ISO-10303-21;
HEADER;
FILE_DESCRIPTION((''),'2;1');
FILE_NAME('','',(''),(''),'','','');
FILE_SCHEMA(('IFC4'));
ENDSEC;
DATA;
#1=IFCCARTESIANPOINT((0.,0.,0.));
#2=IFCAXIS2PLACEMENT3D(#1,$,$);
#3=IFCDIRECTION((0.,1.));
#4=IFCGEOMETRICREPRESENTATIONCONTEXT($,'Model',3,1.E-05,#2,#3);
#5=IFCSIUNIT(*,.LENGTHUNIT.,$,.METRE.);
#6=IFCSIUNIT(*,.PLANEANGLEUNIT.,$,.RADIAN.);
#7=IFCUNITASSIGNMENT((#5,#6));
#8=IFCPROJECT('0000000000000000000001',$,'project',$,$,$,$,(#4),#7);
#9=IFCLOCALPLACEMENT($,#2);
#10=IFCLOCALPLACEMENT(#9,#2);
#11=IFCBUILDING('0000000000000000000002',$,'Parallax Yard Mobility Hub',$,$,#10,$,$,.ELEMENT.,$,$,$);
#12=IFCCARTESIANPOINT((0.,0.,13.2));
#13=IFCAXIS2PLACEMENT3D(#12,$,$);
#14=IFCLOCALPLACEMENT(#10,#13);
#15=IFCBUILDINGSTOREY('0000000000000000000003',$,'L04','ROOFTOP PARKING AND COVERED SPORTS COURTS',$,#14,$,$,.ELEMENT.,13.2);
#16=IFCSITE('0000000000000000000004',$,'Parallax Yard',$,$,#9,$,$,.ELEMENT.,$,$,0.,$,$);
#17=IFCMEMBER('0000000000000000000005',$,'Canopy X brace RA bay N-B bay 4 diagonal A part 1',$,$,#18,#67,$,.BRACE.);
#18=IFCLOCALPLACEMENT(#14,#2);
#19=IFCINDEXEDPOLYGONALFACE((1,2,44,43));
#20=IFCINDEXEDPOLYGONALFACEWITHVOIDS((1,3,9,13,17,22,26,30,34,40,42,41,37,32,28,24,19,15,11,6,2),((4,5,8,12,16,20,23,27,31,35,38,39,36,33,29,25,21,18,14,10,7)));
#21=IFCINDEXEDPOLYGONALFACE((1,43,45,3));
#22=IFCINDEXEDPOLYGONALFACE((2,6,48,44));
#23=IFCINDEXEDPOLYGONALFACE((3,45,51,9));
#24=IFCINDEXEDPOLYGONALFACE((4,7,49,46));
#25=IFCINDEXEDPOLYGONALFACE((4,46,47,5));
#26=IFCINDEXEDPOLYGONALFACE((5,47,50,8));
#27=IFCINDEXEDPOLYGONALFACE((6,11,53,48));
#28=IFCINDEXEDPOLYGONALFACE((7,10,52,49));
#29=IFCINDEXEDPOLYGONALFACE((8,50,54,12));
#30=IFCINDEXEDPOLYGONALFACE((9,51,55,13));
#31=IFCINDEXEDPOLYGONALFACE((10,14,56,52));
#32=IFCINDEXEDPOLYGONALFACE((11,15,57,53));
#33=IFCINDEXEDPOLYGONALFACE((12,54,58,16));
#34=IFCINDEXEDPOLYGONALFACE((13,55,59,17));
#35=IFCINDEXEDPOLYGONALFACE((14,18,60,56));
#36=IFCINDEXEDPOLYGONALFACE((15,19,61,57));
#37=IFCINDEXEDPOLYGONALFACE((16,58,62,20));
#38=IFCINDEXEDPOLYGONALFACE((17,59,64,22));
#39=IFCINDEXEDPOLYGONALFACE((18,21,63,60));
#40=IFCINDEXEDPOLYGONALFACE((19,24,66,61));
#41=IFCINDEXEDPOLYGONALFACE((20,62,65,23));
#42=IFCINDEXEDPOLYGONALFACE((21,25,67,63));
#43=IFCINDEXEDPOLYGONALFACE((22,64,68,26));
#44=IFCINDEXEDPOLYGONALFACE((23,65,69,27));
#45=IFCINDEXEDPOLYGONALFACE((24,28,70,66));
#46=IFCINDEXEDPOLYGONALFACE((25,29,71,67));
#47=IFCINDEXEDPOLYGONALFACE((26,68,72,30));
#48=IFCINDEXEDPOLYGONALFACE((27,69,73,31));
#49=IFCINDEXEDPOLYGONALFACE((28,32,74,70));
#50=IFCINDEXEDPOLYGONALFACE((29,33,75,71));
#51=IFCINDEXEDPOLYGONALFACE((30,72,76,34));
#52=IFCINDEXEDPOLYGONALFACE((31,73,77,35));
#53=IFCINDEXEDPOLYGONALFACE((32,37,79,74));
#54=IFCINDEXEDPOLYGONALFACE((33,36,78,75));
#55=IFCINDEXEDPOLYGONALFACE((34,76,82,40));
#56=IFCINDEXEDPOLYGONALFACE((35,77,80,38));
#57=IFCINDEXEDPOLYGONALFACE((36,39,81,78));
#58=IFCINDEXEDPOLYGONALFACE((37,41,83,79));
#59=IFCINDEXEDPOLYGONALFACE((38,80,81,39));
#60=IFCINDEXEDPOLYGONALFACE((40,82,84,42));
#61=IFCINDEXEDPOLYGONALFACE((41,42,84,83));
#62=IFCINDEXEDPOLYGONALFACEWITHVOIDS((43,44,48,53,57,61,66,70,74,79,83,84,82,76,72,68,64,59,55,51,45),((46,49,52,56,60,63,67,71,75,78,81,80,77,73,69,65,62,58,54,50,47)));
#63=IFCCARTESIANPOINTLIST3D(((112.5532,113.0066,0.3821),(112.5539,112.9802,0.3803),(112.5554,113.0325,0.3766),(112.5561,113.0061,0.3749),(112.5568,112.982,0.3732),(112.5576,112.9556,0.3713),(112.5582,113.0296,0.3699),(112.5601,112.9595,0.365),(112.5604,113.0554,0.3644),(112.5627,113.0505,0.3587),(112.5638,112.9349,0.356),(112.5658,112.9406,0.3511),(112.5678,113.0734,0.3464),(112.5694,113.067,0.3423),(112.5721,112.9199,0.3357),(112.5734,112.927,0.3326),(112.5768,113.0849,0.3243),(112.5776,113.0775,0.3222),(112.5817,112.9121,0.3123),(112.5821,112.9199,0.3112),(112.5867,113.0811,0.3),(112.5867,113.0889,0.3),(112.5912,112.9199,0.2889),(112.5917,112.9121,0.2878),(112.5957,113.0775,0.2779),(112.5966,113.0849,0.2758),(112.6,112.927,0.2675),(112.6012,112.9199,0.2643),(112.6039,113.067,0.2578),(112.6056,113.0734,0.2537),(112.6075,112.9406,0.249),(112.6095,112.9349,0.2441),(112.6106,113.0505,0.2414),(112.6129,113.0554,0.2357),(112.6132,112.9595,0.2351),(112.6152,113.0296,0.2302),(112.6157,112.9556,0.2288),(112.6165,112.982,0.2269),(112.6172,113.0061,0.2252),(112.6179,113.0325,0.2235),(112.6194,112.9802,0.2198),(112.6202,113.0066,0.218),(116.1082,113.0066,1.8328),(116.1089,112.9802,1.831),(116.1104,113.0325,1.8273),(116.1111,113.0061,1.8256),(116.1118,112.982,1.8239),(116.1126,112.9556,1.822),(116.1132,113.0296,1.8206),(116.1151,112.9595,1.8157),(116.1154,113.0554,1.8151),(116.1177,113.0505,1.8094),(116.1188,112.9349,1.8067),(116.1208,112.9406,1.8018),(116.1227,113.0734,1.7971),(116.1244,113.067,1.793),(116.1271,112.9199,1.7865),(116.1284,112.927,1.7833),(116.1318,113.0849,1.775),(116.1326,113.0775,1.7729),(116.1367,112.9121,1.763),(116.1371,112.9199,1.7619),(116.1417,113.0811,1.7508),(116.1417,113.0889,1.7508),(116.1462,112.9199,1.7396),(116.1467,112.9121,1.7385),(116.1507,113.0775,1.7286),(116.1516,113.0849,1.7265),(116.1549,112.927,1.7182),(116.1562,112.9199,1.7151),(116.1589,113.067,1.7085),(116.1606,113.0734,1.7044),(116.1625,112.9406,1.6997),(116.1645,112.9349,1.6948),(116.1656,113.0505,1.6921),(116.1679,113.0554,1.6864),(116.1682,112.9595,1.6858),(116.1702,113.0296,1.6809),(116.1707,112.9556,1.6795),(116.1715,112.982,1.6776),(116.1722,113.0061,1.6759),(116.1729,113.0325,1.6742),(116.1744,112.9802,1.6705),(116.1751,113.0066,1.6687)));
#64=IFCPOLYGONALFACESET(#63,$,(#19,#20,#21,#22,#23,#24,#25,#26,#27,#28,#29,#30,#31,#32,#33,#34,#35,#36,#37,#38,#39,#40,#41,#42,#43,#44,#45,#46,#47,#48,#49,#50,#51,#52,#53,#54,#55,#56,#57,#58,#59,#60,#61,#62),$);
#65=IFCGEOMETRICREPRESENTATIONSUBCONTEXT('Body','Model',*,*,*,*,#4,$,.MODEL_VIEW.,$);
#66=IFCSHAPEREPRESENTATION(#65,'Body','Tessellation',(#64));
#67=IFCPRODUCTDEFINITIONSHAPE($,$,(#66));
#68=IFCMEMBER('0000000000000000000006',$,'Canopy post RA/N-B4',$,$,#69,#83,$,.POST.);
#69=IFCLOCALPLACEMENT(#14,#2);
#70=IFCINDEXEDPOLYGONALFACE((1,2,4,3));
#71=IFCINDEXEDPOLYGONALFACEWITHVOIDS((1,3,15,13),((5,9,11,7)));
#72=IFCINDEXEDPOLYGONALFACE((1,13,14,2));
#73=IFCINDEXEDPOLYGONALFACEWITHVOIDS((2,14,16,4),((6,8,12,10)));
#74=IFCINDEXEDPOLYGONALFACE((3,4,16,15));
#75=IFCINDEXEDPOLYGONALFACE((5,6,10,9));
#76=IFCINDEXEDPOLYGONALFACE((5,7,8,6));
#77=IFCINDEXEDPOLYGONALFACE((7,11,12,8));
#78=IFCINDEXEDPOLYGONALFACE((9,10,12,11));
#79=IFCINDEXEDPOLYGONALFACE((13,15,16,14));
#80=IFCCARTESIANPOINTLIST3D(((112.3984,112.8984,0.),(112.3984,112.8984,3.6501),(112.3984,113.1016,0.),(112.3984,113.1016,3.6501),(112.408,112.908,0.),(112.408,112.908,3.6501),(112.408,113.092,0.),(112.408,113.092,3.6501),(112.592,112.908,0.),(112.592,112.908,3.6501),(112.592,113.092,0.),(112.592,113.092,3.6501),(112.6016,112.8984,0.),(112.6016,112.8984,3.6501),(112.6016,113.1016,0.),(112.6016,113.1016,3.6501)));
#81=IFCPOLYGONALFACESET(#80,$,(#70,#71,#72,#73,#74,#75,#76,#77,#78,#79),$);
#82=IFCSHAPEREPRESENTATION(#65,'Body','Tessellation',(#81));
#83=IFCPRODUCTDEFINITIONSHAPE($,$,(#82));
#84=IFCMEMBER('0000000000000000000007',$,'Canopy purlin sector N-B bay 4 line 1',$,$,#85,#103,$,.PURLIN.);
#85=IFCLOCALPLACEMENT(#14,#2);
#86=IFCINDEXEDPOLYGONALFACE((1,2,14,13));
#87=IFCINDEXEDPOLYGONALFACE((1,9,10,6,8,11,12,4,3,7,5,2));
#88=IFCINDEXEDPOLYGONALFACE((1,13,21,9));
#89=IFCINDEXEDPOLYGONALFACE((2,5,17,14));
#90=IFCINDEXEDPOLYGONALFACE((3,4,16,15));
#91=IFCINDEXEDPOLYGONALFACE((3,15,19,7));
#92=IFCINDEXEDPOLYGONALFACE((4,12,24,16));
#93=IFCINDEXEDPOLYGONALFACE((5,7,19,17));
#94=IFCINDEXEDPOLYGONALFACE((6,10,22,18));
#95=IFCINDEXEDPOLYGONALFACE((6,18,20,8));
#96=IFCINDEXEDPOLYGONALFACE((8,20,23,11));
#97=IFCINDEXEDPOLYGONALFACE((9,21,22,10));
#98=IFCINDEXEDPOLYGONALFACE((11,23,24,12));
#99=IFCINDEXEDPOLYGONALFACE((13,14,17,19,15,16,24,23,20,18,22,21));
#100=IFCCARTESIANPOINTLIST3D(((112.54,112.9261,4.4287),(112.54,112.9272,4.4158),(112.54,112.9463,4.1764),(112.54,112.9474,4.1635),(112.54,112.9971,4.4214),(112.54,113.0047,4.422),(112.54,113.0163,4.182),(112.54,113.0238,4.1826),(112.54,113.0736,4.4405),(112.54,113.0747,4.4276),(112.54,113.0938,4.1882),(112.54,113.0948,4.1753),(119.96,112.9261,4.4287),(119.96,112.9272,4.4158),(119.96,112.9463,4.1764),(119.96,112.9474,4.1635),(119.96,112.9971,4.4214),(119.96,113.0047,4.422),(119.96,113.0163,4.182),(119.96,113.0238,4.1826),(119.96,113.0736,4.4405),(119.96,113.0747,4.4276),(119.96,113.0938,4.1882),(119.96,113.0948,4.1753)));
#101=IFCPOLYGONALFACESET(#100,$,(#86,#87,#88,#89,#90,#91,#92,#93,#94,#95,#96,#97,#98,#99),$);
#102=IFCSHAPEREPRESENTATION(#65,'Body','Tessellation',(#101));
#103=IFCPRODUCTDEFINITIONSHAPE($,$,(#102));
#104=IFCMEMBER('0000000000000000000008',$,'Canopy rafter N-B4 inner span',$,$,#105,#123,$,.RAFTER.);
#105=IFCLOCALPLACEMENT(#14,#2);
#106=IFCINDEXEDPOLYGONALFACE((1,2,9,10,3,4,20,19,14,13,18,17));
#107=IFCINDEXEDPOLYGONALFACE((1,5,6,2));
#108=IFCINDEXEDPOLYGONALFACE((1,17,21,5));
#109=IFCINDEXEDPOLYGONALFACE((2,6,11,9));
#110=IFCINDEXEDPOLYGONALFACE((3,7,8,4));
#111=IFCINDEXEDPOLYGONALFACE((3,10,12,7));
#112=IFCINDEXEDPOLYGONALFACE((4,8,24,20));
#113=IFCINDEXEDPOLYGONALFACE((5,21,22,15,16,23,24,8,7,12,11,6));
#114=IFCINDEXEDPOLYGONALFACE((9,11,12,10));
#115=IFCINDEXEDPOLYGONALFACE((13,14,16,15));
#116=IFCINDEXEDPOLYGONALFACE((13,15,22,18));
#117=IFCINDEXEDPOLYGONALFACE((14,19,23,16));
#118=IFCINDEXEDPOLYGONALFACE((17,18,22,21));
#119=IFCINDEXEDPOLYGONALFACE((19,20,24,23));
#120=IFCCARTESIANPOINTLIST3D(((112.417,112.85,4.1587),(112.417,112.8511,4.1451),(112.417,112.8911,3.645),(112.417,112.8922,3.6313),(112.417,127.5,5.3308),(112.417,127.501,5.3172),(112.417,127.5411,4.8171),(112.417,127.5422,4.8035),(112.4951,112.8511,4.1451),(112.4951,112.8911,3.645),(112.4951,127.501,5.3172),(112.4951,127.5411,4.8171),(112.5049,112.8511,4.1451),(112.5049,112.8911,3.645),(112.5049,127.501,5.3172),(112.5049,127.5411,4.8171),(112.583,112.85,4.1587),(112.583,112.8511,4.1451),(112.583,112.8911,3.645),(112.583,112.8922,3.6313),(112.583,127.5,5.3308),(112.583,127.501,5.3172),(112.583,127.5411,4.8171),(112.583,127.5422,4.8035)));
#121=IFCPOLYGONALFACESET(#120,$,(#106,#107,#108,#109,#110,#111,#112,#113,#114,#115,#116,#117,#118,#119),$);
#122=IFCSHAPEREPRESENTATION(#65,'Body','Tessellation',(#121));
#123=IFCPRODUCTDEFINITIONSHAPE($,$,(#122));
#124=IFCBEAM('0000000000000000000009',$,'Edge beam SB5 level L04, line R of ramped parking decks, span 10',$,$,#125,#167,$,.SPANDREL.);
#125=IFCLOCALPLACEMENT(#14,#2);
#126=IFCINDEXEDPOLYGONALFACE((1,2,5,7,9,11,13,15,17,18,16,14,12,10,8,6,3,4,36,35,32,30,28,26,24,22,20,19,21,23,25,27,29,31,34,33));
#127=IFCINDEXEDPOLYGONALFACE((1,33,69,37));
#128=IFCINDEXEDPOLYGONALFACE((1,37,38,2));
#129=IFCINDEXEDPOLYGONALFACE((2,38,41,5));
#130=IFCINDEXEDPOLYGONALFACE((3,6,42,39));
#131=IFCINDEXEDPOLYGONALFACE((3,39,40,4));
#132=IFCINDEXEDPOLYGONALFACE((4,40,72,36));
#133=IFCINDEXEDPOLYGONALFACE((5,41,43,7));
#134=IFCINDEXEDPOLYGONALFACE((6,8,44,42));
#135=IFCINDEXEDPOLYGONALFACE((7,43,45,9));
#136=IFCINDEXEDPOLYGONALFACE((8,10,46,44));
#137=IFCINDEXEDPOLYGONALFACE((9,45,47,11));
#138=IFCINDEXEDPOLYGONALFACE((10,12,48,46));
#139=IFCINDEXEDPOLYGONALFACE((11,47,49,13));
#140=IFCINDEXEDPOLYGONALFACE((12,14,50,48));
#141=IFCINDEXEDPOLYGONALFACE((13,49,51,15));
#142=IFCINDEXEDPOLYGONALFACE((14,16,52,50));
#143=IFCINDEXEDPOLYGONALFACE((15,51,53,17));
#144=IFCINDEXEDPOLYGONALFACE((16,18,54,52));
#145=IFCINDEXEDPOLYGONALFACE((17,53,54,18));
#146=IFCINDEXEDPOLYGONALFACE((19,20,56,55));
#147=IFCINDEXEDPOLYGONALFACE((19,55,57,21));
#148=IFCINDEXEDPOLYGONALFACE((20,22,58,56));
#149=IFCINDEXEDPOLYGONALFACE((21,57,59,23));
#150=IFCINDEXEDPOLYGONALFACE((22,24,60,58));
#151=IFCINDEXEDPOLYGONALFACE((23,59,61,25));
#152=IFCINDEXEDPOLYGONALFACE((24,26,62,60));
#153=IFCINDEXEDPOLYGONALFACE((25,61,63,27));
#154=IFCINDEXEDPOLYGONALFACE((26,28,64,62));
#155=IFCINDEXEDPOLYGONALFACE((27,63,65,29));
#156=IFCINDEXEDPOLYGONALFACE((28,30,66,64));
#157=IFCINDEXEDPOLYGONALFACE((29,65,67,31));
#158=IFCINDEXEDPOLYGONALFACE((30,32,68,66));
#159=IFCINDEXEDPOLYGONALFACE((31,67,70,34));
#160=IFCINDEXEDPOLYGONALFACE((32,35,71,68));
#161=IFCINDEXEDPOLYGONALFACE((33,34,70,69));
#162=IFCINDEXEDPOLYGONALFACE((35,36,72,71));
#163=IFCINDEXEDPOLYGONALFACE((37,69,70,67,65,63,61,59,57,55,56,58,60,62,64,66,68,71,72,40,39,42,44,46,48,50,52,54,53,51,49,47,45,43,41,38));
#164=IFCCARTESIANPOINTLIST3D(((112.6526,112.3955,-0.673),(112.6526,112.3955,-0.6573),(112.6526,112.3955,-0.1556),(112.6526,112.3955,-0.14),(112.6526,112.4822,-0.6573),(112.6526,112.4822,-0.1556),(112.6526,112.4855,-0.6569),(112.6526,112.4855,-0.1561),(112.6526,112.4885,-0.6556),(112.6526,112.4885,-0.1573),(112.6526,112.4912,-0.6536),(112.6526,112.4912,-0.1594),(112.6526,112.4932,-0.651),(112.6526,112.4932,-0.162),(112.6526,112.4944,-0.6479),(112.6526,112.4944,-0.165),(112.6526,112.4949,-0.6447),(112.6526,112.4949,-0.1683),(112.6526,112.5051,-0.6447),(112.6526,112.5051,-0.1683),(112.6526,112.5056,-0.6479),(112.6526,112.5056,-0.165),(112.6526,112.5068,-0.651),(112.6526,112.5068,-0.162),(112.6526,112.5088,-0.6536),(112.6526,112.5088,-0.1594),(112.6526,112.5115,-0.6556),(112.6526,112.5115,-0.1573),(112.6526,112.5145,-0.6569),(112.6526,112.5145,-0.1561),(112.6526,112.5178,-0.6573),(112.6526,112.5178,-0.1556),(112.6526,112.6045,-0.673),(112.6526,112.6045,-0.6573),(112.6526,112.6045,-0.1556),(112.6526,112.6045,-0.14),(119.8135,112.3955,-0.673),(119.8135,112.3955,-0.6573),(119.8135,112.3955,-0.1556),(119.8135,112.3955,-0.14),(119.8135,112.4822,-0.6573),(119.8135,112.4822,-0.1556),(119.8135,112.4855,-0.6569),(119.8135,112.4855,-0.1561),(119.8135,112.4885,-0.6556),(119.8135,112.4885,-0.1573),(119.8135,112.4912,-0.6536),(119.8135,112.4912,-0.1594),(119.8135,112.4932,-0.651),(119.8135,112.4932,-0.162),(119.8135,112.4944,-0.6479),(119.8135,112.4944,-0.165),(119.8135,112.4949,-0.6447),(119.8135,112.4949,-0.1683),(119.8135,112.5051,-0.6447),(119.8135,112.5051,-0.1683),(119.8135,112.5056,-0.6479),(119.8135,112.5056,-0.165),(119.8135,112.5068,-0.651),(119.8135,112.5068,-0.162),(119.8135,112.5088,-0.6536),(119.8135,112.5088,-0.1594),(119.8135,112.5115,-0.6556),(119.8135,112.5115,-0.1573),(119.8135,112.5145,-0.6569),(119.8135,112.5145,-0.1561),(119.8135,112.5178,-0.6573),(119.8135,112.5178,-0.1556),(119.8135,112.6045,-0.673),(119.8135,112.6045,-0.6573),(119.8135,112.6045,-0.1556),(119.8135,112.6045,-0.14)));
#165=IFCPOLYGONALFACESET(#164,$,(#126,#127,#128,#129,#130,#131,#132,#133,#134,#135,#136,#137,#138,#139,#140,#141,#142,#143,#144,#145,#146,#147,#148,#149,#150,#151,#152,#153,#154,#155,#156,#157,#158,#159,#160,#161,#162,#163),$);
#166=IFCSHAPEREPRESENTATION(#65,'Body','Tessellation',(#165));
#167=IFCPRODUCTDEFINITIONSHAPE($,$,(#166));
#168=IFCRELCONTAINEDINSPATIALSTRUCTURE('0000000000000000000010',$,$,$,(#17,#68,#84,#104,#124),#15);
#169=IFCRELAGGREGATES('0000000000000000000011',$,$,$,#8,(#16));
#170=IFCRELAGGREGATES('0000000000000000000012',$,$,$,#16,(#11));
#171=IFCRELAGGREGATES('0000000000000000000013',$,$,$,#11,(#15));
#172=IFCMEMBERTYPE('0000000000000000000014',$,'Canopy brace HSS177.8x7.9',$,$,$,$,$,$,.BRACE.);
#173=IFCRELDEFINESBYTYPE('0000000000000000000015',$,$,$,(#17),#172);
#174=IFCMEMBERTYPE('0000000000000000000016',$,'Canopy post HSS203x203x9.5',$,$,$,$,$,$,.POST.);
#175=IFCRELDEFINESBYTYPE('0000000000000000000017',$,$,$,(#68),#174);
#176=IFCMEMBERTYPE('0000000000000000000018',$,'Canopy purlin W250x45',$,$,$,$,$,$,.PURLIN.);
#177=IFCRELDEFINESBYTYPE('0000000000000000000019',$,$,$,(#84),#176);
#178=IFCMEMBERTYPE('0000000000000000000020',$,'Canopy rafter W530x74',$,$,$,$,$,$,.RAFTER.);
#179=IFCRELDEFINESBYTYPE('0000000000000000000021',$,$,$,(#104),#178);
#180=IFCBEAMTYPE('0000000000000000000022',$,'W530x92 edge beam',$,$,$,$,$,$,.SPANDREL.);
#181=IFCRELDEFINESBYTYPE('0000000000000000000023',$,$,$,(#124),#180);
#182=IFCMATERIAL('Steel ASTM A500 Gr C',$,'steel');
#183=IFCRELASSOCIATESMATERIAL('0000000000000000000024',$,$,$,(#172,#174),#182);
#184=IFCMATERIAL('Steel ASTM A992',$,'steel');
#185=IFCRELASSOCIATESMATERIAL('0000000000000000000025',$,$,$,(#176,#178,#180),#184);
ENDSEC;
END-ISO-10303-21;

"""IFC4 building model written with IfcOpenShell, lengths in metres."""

from ifc_helpers import new_model, si_unit, direction, frame, origin, origin_2d, place, context, subcontext, project, spatial, hollow_rectangle, hollow_circle, i_section, extrude, material, material_profile, profile_set, type_object, element, save


model = new_model("IFC4")

# Units and contexts
model_context = context("Model", 3, precision=1e-05, world=origin(), true_north=direction((0.0, 1.0)))
body_context = subcontext(model_context, "Body", "Model", "MODEL_VIEW")
ifc_project = project(units=[si_unit("LENGTHUNIT", "METRE"), si_unit("PLANEANGLEUNIT", "RADIAN")], contexts=[model_context])

# Site, building, storey
site_placement = place(None, origin())
site = spatial("IfcSite", under=ifc_project, at=site_placement, Name="Parallax Yard", CompositionType="ELEMENT", RefElevation=0.0)
building_placement = place(site_placement, origin())
building = spatial("IfcBuilding", under=site, at=building_placement, Name="Parallax Yard Mobility Hub", CompositionType="ELEMENT")
storey_placement = place(building_placement, frame((0.0, 0.0, 13.2)))
storey = spatial("IfcBuildingStorey", under=building, at=storey_placement, Name="L04", Description="ROOFTOP PARKING AND COVERED SPORTS COURTS", CompositionType="ELEMENT", Elevation=13.2)

# Members
ifc_material_1 = material(Name="Steel ASTM A500 Gr C", Category="steel")
ifc_material_profile_1 = material_profile(ifc_material_1, hollow_circle(Radius=0.0889, WallThickness=0.0078, at=origin_2d()), Name="HSS177.8x7.9")
ifc_profile_set_1 = profile_set([ifc_material_profile_1], Name="Steel ASTM A500 Gr C")
member_type_1 = type_object("IfcMemberType", Name="Canopy brace HSS177.8x7.9", PredefinedType="BRACE", material=ifc_profile_set_1)
member_1_placement = place(storey_placement, frame((112.5867, 113.0, 0.3), z_axis=(0.925876, 0.0, 0.377828), x_axis=(0.0, 1.0, 0.0)))
element("IfcMember", 1, at=member_1_placement, inside=storey, type_object=member_type_1, Name="Canopy X brace RA bay N-B bay 4 diagonal A part 1", PredefinedType="BRACE", context=body_context, shape_type="SweptSolid", body=[
    extrude(hollow_circle(Radius=0.0889, WallThickness=0.0078, at=origin_2d()), origin(), (0.0, 0.0, 1.0), 3.8396),
])
ifc_material_profile_2 = material_profile(ifc_material_1, hollow_rectangle(XDim=0.2031, YDim=0.2031, WallThickness=0.0095, at=origin_2d()), Name="HSS203x203x9.5")
ifc_profile_set_2 = profile_set([ifc_material_profile_2], Name="Steel ASTM A500 Gr C")
member_type_2 = type_object("IfcMemberType", Name="Canopy post HSS203x203x9.5", PredefinedType="POST", material=ifc_profile_set_2)
member_2_placement = place(storey_placement, frame((112.5, 113.0, 0.0), z_axis=(0.0, 0.0, 1.0), x_axis=(1.0, 0.0, 0.0)))
element("IfcMember", 2, at=member_2_placement, inside=storey, type_object=member_type_2, Name="Canopy post RA/N-B4", PredefinedType="POST", context=body_context, shape_type="SweptSolid", body=[
    extrude(hollow_rectangle(XDim=0.2031, YDim=0.2031, WallThickness=0.0095, at=origin_2d()), origin(), (0.0, 0.0, 1.0), 3.6501),
])
ifc_material_2 = material(Name="Steel ASTM A992", Category="steel")
ifc_material_profile_3 = material_profile(ifc_material_2, i_section(OverallWidth=0.1479, OverallDepth=0.2661, WebThickness=0.0076, FlangeThickness=0.0129, at=origin_2d()), Name="W250x45")
ifc_profile_set_3 = profile_set([ifc_material_profile_3], Name="Steel ASTM A992")
member_type_3 = type_object("IfcMemberType", Name="Canopy purlin W250x45", PredefinedType="PURLIN", material=ifc_profile_set_3)
member_3_placement = place(storey_placement, frame((112.54, 113.0105, 4.302), z_axis=(1.0, 0.0, 0.0), x_axis=(0.0, 0.996815, 0.079745)))
element("IfcMember", 3, at=member_3_placement, inside=storey, type_object=member_type_3, Name="Canopy purlin sector N-B bay 4 line 1", PredefinedType="PURLIN", context=body_context, shape_type="SweptSolid", body=[
    extrude(i_section(OverallWidth=0.1479, OverallDepth=0.2661, WebThickness=0.0076, FlangeThickness=0.0129, at=origin_2d()), origin(), (0.0, 0.0, 1.0), 7.4199),
])
ifc_material_profile_4 = material_profile(ifc_material_2, i_section(OverallWidth=0.166, OverallDepth=0.5291, WebThickness=0.0098, FlangeThickness=0.0137, at=origin_2d()), Name="W530x74")
ifc_profile_set_4 = profile_set([ifc_material_profile_4], Name="Steel ASTM A992")
member_type_4 = type_object("IfcMemberType", Name="Canopy rafter W530x74", PredefinedType="RAFTER", material=ifc_profile_set_4)
member_4_placement = place(storey_placement, frame((112.5, 112.8711, 3.895), z_axis=(0.0, 0.996815, 0.079754), x_axis=(-1.0, 0.0, 0.0)))
element("IfcMember", 4, at=member_4_placement, inside=storey, type_object=member_type_4, Name="Canopy rafter N-B4 inner span", PredefinedType="RAFTER", context=body_context, shape_type="SweptSolid", body=[
    extrude(i_section(OverallWidth=0.166, OverallDepth=0.5291, WebThickness=0.0098, FlangeThickness=0.0137, at=origin_2d()), origin(), (0.0, 0.0, 1.0), 14.6968),
])

# Beam
ifc_material_profile_5 = material_profile(ifc_material_2, i_section(OverallWidth=0.209, OverallDepth=0.533, WebThickness=0.0103, FlangeThickness=0.0156, FilletRadius=0.0127, at=origin_2d()), Name="W530x92")
ifc_profile_set_5 = profile_set([ifc_material_profile_5], Name="Steel ASTM A992")
beam_type_1 = type_object("IfcBeamType", Name="W530x92 edge beam", PredefinedType="SPANDREL", material=ifc_profile_set_5)
beam_1_placement = place(storey_placement, frame((112.6526, 112.5, -0.4065), z_axis=(1.0, 0.0, 0.0), x_axis=(0.0, 1.0, 0.0)))
element("IfcBeam", 5, at=beam_1_placement, inside=storey, type_object=beam_type_1, Name="Edge beam SB5 level L04, line R of ramped parking decks, span 10", PredefinedType="SPANDREL", context=body_context, shape_type="SweptSolid", body=[
    extrude(i_section(OverallWidth=0.209, OverallDepth=0.533, WebThickness=0.0103, FlangeThickness=0.0156, FilletRadius=0.0127, at=origin_2d()), origin(), (0.0, 0.0, 1.0), 7.1609),
])

save(model, "model.ifc")
